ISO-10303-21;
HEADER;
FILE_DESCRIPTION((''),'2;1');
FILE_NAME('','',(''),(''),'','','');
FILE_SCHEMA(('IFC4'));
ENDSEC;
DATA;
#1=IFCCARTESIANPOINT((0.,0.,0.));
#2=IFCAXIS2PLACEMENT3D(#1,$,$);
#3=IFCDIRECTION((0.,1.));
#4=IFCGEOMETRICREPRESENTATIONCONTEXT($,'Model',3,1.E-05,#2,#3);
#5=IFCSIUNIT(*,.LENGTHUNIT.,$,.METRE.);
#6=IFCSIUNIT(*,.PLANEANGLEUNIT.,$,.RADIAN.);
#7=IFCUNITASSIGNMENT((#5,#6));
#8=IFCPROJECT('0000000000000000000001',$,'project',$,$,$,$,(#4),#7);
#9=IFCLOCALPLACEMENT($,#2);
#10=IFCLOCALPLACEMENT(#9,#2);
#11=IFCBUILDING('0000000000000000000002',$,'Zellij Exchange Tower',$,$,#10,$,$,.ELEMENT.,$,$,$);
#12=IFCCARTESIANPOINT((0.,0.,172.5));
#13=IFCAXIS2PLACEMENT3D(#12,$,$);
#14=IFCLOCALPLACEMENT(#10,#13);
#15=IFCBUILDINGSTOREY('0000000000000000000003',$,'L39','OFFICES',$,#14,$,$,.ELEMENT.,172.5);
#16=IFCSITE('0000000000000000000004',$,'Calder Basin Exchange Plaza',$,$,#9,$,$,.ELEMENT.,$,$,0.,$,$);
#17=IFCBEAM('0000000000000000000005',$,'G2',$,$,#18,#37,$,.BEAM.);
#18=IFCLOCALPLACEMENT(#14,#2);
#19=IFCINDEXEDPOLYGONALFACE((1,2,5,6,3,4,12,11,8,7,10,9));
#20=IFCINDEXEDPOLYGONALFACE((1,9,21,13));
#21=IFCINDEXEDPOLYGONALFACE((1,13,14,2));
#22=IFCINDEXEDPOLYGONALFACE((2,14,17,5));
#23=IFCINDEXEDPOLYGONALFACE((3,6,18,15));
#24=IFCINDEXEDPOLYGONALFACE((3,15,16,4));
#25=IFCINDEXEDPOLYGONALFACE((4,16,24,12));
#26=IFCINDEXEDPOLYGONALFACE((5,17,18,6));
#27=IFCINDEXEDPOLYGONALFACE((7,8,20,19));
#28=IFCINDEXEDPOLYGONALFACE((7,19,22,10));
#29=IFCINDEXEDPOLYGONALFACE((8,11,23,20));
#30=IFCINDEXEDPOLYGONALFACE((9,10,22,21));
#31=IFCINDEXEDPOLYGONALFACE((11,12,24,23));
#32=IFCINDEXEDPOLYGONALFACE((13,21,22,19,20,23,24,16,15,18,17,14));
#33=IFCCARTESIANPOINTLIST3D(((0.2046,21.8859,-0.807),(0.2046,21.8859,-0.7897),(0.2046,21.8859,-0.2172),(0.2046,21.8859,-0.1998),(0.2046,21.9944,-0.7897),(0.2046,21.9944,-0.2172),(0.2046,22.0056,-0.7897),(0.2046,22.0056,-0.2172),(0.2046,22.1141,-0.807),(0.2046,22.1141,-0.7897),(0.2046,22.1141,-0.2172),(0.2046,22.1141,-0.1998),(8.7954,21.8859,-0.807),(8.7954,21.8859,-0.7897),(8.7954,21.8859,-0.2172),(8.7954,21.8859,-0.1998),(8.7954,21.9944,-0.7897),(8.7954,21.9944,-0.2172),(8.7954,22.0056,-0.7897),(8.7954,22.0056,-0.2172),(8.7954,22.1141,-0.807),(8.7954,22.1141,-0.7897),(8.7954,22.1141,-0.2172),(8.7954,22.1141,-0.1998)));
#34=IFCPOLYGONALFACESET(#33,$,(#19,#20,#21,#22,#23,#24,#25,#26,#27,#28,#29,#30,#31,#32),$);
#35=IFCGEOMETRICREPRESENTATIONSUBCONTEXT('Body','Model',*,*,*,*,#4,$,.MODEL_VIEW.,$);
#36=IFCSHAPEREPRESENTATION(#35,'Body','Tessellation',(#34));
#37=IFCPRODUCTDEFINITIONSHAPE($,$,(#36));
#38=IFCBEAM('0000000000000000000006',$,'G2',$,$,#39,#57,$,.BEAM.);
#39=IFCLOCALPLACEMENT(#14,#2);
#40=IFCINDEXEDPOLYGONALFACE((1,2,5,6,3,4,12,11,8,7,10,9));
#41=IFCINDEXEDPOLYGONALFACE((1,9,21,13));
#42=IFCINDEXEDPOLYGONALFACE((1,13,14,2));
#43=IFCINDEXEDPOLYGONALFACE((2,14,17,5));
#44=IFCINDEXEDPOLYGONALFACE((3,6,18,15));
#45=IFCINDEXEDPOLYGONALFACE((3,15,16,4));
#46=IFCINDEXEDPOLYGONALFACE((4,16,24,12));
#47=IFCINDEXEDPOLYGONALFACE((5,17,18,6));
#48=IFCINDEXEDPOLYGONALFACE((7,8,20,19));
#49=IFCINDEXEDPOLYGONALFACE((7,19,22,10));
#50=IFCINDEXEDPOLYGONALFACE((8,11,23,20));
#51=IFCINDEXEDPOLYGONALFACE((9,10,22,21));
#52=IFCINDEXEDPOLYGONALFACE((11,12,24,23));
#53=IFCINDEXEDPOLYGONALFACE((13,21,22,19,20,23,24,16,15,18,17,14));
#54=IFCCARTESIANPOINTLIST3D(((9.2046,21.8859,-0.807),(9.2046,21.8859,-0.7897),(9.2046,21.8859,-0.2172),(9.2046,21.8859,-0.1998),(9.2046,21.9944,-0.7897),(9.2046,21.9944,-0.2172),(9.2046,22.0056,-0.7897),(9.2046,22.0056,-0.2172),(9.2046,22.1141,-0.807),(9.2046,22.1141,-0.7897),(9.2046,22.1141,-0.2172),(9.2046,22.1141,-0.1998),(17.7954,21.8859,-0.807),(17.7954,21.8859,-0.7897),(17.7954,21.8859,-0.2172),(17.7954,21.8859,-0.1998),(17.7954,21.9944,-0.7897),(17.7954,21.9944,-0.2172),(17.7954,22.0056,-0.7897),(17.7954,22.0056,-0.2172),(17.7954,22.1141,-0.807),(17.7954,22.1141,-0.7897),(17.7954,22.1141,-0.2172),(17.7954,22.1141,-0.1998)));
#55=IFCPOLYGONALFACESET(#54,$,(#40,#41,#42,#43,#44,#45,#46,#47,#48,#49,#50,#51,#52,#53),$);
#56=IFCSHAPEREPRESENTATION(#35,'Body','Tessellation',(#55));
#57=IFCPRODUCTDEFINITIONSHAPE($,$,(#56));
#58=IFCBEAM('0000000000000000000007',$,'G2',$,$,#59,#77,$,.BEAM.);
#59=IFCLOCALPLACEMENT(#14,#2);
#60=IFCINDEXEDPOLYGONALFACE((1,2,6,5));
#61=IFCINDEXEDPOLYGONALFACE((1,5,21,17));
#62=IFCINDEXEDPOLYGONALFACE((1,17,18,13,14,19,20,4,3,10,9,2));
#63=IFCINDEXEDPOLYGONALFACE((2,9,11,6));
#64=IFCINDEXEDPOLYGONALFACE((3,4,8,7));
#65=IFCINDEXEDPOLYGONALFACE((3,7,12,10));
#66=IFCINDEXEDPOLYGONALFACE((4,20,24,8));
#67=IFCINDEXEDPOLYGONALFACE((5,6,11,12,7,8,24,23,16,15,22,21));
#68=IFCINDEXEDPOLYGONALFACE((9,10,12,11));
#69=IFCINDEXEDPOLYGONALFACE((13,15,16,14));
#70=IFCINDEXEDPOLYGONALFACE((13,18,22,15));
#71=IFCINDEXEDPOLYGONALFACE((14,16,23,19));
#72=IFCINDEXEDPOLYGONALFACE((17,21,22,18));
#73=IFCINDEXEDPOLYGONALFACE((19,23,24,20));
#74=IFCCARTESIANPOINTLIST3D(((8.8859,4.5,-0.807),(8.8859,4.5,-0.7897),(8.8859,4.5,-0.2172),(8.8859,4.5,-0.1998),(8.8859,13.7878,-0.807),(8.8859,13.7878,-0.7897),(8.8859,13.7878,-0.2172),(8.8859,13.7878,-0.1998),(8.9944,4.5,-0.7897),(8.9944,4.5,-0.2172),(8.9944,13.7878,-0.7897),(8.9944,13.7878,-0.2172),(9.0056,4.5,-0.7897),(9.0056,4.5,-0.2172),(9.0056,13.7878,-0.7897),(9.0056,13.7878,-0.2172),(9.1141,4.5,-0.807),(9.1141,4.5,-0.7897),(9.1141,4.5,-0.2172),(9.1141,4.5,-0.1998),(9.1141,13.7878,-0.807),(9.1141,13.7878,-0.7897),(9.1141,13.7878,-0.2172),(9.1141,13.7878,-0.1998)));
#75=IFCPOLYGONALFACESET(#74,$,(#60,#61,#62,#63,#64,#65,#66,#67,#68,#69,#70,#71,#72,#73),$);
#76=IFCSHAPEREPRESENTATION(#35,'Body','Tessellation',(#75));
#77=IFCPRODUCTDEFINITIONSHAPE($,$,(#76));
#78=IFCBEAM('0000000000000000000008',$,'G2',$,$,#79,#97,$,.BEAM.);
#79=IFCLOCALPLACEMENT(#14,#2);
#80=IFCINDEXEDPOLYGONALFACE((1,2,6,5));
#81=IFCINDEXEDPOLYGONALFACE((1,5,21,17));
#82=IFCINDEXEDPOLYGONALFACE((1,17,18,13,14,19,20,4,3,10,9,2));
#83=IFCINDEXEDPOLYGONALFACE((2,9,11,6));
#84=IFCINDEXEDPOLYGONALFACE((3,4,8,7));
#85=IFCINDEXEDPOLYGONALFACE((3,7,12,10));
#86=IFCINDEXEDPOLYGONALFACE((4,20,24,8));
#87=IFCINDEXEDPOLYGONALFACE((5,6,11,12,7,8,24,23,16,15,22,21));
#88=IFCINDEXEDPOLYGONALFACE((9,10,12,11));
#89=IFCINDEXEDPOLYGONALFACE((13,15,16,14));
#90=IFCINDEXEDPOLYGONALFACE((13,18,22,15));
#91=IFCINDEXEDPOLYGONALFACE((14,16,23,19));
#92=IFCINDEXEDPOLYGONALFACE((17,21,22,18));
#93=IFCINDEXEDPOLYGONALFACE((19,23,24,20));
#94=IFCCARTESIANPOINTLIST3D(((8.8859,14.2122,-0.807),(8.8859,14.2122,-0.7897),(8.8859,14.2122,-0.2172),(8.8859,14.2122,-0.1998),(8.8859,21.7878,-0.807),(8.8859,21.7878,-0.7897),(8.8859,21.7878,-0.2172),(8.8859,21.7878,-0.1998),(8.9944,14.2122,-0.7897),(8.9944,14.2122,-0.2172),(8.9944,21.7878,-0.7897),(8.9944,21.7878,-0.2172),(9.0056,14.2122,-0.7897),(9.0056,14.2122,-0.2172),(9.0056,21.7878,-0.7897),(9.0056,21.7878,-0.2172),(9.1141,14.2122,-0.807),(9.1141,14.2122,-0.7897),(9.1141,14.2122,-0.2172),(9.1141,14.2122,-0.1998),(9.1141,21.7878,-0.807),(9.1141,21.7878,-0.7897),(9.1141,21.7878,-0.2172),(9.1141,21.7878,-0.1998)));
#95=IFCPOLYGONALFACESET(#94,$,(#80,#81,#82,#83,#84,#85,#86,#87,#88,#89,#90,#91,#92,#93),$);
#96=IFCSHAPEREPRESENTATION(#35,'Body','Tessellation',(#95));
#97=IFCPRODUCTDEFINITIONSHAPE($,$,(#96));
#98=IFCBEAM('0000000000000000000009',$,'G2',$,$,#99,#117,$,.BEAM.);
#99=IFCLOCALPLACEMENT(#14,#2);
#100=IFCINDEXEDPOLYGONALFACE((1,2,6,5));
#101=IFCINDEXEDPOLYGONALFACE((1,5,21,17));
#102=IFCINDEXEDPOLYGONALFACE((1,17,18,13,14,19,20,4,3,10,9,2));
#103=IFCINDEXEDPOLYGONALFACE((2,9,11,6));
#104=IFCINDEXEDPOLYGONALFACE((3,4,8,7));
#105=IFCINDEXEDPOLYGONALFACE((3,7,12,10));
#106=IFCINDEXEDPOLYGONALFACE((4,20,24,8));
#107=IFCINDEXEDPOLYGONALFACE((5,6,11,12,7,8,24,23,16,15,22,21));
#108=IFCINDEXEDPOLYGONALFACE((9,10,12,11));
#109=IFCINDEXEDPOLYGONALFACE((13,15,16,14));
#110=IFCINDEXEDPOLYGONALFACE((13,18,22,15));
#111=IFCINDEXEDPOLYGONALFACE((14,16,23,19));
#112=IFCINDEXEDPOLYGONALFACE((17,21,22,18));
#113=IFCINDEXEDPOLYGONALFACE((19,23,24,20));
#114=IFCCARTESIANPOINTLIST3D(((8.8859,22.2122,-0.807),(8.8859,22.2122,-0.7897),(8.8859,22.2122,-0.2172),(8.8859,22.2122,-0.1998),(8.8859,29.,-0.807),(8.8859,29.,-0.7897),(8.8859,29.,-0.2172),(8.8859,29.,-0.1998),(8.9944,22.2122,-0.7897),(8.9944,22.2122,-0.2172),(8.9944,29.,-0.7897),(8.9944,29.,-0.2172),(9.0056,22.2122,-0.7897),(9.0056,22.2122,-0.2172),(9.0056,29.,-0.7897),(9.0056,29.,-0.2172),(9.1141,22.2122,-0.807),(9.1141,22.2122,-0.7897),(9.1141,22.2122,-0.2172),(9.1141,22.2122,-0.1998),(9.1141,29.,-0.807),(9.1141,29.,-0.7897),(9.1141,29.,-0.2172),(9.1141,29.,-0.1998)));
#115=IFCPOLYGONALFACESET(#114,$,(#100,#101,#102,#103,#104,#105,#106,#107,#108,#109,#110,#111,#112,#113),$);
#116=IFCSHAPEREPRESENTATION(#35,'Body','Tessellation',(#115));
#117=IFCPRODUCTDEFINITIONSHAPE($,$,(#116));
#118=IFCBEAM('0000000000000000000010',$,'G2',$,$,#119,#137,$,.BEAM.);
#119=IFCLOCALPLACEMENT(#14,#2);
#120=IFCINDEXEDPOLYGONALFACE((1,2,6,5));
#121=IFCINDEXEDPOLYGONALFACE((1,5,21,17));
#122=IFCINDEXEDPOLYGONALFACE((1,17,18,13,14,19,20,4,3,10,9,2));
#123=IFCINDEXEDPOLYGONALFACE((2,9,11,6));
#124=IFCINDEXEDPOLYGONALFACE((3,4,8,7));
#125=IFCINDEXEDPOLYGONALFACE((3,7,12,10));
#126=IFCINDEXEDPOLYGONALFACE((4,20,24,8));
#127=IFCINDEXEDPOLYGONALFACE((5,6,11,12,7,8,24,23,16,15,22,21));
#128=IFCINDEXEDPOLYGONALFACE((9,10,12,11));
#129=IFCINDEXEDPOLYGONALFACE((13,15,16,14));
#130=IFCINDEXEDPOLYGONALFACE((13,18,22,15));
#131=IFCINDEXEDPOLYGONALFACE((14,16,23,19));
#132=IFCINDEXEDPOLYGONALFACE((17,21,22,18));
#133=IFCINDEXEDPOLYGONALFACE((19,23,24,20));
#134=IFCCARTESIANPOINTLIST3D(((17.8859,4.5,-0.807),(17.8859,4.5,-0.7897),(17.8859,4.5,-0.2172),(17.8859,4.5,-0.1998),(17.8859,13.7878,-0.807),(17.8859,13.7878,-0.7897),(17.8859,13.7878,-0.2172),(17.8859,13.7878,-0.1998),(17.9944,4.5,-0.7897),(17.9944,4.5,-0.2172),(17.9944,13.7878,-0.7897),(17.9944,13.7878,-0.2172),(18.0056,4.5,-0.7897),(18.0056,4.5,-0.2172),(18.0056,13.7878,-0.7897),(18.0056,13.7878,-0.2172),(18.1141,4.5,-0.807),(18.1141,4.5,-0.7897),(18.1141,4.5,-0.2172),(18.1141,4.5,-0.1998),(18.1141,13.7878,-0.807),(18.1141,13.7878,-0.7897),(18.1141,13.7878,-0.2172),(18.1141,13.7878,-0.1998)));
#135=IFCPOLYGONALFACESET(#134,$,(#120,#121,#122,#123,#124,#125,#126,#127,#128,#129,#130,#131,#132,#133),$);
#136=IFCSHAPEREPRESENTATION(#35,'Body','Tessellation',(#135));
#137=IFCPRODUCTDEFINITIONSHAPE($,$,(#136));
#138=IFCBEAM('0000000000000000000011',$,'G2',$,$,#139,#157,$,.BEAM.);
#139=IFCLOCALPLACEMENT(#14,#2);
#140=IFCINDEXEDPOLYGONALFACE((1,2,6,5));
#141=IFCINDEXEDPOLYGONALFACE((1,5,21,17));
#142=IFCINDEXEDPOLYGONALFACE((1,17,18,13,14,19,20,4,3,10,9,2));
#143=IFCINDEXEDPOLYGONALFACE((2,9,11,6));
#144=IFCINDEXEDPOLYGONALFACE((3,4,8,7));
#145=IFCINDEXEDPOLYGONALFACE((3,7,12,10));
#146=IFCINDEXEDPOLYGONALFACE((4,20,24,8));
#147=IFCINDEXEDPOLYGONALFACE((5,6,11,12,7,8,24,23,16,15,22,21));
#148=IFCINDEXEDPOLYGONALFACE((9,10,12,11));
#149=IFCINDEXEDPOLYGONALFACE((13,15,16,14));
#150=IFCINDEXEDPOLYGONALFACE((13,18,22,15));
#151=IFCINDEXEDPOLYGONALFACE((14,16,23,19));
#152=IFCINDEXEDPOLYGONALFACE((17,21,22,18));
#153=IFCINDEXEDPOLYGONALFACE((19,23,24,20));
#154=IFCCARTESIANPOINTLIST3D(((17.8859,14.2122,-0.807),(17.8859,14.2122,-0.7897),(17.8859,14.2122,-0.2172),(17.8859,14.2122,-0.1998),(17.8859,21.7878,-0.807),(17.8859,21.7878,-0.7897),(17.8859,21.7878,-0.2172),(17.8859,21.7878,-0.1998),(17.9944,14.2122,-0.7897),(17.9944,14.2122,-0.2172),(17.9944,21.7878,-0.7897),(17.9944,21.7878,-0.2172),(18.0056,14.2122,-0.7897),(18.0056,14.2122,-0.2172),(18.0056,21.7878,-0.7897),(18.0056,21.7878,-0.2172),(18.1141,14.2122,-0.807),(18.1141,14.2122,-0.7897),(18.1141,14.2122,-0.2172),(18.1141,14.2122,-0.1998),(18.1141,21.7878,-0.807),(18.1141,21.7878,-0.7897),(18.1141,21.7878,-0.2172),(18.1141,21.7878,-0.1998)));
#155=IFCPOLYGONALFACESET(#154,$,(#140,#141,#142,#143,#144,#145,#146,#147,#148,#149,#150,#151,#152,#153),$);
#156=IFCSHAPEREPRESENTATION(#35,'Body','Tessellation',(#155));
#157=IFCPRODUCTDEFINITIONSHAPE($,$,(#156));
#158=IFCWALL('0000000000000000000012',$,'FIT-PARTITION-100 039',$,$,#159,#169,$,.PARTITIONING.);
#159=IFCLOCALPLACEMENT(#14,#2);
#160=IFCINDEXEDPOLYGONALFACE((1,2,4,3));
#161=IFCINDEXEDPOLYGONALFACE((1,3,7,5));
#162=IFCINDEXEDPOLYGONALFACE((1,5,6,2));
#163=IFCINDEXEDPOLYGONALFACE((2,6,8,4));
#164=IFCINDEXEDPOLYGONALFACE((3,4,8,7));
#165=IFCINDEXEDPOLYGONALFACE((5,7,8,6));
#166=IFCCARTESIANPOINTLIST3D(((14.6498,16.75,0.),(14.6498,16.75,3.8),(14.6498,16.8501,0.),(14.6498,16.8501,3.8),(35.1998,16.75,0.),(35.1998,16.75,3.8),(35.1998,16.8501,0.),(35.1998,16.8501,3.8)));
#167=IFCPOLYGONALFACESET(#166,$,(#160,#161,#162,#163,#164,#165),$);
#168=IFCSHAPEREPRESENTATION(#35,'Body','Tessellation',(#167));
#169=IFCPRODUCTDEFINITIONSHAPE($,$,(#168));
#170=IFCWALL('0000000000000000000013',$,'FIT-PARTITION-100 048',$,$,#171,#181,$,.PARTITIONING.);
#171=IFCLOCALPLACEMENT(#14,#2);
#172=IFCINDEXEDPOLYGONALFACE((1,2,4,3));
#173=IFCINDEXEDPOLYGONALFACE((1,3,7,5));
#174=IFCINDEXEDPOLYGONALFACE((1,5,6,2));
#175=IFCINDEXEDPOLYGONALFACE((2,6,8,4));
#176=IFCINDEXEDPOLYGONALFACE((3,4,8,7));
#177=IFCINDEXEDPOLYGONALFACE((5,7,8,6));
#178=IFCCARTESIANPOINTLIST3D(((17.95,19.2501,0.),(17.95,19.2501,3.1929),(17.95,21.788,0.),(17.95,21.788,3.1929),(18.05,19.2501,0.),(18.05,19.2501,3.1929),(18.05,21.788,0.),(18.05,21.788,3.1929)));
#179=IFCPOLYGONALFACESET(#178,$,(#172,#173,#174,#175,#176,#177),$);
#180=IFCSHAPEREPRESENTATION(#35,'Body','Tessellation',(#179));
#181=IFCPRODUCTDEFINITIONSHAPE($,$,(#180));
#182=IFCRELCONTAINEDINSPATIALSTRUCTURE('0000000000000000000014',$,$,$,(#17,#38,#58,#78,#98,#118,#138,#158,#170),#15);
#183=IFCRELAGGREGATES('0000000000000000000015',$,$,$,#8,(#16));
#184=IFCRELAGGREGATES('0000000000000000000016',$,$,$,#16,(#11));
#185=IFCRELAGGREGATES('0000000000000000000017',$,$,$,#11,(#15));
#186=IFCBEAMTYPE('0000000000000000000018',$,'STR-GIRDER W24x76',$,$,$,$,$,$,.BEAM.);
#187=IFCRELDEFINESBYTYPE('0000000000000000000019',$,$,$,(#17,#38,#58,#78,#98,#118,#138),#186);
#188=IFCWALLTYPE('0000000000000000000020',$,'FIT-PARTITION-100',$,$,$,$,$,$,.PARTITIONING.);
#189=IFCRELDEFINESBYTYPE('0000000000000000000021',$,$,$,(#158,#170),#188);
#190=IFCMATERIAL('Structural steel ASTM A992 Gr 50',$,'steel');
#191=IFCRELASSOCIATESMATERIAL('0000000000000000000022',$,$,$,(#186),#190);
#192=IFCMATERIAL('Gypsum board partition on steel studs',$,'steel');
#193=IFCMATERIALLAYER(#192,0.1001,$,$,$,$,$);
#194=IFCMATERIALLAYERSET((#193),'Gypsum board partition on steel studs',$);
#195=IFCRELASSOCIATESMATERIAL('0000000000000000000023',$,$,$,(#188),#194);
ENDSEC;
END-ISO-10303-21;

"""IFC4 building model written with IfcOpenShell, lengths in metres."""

from ifc_helpers import new_model, si_unit, direction, frame, frame_2d, origin, origin_2d, place, context, subcontext, project, spatial, rectangle, i_section, extrude, material, layer, layer_set, material_profile, profile_set, type_object, element, save


model = new_model("IFC4")

# Units and contexts
model_context = context("Model", 3, precision=1e-05, world=origin(), true_north=direction((0.0, 1.0)))
body_context = subcontext(model_context, "Body", "Model", "MODEL_VIEW")
ifc_project = project(units=[si_unit("LENGTHUNIT", "METRE"), si_unit("PLANEANGLEUNIT", "RADIAN")], contexts=[model_context])

# Site, building, storey
site_placement = place(None, origin())
site = spatial("IfcSite", under=ifc_project, at=site_placement, Name="Calder Basin Exchange Plaza", CompositionType="ELEMENT", RefElevation=0.0)
building_placement = place(site_placement, origin())
building = spatial("IfcBuilding", under=site, at=building_placement, Name="Zellij Exchange Tower", CompositionType="ELEMENT")
storey_placement = place(building_placement, frame((0.0, 0.0, 172.5)))
storey = spatial("IfcBuildingStorey", under=building, at=storey_placement, Name="L39", Description="OFFICES", CompositionType="ELEMENT", Elevation=172.5)

# Beams
ifc_material_1 = material(Name="Structural steel ASTM A992 Gr 50", Category="steel")
ifc_material_profile_1 = material_profile(ifc_material_1, i_section(OverallWidth=0.2283, OverallDepth=0.6072, WebThickness=0.0112, FlangeThickness=0.0173, at=origin_2d()), Name="W24x76")
ifc_profile_set_1 = profile_set([ifc_material_profile_1], Name="Structural steel ASTM A992 Gr 50")
beam_type = type_object("IfcBeamType", Name="STR-GIRDER W24x76", PredefinedType="BEAM", material=ifc_profile_set_1)
for number, where, z_axis, x_axis, name in (
    (1, (0.2046, 22.0, -0.5034), (1.0, 0.0, 0.0), (0.0, 1.0, 0.0), "G2"),
    (2, (9.2046, 22.0, -0.5034), (1.0, 0.0, 0.0), (0.0, 1.0, 0.0), "G2"),
):
    element("IfcBeam", number, at=place(storey_placement, frame(where, z_axis=z_axis, x_axis=x_axis)), inside=storey, type_object=beam_type, Name=name, PredefinedType="BEAM", context=body_context, shape_type="SweptSolid", body=[
        extrude(i_section(OverallWidth=0.2283, OverallDepth=0.6072, WebThickness=0.0112, FlangeThickness=0.0173, at=origin_2d()), origin(), (0.0, 0.0, 1.0), 8.5908),
    ])
beam_1_placement = place(storey_placement, frame((9.0, 4.5, -0.5034), z_axis=(0.0, 1.0, 0.0), x_axis=(-1.0, 0.0, 0.0)))
element("IfcBeam", 3, at=beam_1_placement, inside=storey, type_object=beam_type, Name="G2", PredefinedType="BEAM", context=body_context, shape_type="SweptSolid", body=[
    extrude(i_section(OverallWidth=0.2283, OverallDepth=0.6072, WebThickness=0.0112, FlangeThickness=0.0173, at=origin_2d()), origin(), (0.0, 0.0, 1.0), 9.2878),
])
beam_2_placement = place(storey_placement, frame((9.0, 14.2122, -0.5034), z_axis=(0.0, 1.0, 0.0), x_axis=(-1.0, 0.0, 0.0)))
element("IfcBeam", 4, at=beam_2_placement, inside=storey, type_object=beam_type, Name="G2", PredefinedType="BEAM", context=body_context, shape_type="SweptSolid", body=[
    extrude(i_section(OverallWidth=0.2283, OverallDepth=0.6072, WebThickness=0.0112, FlangeThickness=0.0173, at=origin_2d()), origin(), (0.0, 0.0, 1.0), 7.5757),
])
beam_3_placement = place(storey_placement, frame((9.0, 22.2122, -0.5034), z_axis=(0.0, 1.0, 0.0), x_axis=(-1.0, 0.0, 0.0)))
element("IfcBeam", 5, at=beam_3_placement, inside=storey, type_object=beam_type, Name="G2", PredefinedType="BEAM", context=body_context, shape_type="SweptSolid", body=[
    extrude(i_section(OverallWidth=0.2283, OverallDepth=0.6072, WebThickness=0.0112, FlangeThickness=0.0173, at=origin_2d()), origin(), (0.0, 0.0, 1.0), 6.7878),
])
beam_4_placement = place(storey_placement, frame((18.0, 4.5, -0.5034), z_axis=(0.0, 1.0, 0.0), x_axis=(-1.0, 0.0, 0.0)))
element("IfcBeam", 6, at=beam_4_placement, inside=storey, type_object=beam_type, Name="G2", PredefinedType="BEAM", context=body_context, shape_type="SweptSolid", body=[
    extrude(i_section(OverallWidth=0.2283, OverallDepth=0.6072, WebThickness=0.0112, FlangeThickness=0.0173, at=origin_2d()), origin(), (0.0, 0.0, 1.0), 9.2878),
])
beam_5_placement = place(storey_placement, frame((18.0, 14.2122, -0.5034), z_axis=(0.0, 1.0, 0.0), x_axis=(-1.0, 0.0, 0.0)))
element("IfcBeam", 7, at=beam_5_placement, inside=storey, type_object=beam_type, Name="G2", PredefinedType="BEAM", context=body_context, shape_type="SweptSolid", body=[
    extrude(i_section(OverallWidth=0.2283, OverallDepth=0.6072, WebThickness=0.0112, FlangeThickness=0.0173, at=origin_2d()), origin(), (0.0, 0.0, 1.0), 7.5757),
])

# Walls
ifc_material_2 = material(Name="Gypsum board partition on steel studs", Category="steel")
ifc_layer_1 = layer(ifc_material_2, 0.1001)
ifc_layer_set_1 = layer_set([ifc_layer_1], Name="Gypsum board partition on steel studs")
wall_type = type_object("IfcWallType", Name="FIT-PARTITION-100", PredefinedType="PARTITIONING", material=ifc_layer_set_1)
wall_1_placement = place(storey_placement, frame((14.6499, 16.8, 0.0), z_axis=(0.0, 0.0, 1.0), x_axis=(1.0, 0.0, 0.0)))
element("IfcWall", 8, at=wall_1_placement, inside=storey, type_object=wall_type, Name="FIT-PARTITION-100 039", PredefinedType="PARTITIONING", context=body_context, shape_type="SweptSolid", body=[
    extrude(rectangle(XDim=20.55, YDim=0.1001, at=frame_2d((10.2749, 0.0))), origin(), (0.0, 0.0, 1.0), 3.8),
])
wall_2_placement = place(storey_placement, frame((18.0, 19.25, 0.0), z_axis=(0.0, 0.0, 1.0), x_axis=(0.0, 1.0, 0.0)))
element("IfcWall", 9, at=wall_2_placement, inside=storey, type_object=wall_type, Name="FIT-PARTITION-100 048", PredefinedType="PARTITIONING", context=body_context, shape_type="SweptSolid", body=[
    extrude(rectangle(XDim=2.5378, YDim=0.1001, at=frame_2d((1.269, 0.0))), origin(), (0.0, 0.0, 1.0), 3.1929),
])

save(model, "model.ifc")
